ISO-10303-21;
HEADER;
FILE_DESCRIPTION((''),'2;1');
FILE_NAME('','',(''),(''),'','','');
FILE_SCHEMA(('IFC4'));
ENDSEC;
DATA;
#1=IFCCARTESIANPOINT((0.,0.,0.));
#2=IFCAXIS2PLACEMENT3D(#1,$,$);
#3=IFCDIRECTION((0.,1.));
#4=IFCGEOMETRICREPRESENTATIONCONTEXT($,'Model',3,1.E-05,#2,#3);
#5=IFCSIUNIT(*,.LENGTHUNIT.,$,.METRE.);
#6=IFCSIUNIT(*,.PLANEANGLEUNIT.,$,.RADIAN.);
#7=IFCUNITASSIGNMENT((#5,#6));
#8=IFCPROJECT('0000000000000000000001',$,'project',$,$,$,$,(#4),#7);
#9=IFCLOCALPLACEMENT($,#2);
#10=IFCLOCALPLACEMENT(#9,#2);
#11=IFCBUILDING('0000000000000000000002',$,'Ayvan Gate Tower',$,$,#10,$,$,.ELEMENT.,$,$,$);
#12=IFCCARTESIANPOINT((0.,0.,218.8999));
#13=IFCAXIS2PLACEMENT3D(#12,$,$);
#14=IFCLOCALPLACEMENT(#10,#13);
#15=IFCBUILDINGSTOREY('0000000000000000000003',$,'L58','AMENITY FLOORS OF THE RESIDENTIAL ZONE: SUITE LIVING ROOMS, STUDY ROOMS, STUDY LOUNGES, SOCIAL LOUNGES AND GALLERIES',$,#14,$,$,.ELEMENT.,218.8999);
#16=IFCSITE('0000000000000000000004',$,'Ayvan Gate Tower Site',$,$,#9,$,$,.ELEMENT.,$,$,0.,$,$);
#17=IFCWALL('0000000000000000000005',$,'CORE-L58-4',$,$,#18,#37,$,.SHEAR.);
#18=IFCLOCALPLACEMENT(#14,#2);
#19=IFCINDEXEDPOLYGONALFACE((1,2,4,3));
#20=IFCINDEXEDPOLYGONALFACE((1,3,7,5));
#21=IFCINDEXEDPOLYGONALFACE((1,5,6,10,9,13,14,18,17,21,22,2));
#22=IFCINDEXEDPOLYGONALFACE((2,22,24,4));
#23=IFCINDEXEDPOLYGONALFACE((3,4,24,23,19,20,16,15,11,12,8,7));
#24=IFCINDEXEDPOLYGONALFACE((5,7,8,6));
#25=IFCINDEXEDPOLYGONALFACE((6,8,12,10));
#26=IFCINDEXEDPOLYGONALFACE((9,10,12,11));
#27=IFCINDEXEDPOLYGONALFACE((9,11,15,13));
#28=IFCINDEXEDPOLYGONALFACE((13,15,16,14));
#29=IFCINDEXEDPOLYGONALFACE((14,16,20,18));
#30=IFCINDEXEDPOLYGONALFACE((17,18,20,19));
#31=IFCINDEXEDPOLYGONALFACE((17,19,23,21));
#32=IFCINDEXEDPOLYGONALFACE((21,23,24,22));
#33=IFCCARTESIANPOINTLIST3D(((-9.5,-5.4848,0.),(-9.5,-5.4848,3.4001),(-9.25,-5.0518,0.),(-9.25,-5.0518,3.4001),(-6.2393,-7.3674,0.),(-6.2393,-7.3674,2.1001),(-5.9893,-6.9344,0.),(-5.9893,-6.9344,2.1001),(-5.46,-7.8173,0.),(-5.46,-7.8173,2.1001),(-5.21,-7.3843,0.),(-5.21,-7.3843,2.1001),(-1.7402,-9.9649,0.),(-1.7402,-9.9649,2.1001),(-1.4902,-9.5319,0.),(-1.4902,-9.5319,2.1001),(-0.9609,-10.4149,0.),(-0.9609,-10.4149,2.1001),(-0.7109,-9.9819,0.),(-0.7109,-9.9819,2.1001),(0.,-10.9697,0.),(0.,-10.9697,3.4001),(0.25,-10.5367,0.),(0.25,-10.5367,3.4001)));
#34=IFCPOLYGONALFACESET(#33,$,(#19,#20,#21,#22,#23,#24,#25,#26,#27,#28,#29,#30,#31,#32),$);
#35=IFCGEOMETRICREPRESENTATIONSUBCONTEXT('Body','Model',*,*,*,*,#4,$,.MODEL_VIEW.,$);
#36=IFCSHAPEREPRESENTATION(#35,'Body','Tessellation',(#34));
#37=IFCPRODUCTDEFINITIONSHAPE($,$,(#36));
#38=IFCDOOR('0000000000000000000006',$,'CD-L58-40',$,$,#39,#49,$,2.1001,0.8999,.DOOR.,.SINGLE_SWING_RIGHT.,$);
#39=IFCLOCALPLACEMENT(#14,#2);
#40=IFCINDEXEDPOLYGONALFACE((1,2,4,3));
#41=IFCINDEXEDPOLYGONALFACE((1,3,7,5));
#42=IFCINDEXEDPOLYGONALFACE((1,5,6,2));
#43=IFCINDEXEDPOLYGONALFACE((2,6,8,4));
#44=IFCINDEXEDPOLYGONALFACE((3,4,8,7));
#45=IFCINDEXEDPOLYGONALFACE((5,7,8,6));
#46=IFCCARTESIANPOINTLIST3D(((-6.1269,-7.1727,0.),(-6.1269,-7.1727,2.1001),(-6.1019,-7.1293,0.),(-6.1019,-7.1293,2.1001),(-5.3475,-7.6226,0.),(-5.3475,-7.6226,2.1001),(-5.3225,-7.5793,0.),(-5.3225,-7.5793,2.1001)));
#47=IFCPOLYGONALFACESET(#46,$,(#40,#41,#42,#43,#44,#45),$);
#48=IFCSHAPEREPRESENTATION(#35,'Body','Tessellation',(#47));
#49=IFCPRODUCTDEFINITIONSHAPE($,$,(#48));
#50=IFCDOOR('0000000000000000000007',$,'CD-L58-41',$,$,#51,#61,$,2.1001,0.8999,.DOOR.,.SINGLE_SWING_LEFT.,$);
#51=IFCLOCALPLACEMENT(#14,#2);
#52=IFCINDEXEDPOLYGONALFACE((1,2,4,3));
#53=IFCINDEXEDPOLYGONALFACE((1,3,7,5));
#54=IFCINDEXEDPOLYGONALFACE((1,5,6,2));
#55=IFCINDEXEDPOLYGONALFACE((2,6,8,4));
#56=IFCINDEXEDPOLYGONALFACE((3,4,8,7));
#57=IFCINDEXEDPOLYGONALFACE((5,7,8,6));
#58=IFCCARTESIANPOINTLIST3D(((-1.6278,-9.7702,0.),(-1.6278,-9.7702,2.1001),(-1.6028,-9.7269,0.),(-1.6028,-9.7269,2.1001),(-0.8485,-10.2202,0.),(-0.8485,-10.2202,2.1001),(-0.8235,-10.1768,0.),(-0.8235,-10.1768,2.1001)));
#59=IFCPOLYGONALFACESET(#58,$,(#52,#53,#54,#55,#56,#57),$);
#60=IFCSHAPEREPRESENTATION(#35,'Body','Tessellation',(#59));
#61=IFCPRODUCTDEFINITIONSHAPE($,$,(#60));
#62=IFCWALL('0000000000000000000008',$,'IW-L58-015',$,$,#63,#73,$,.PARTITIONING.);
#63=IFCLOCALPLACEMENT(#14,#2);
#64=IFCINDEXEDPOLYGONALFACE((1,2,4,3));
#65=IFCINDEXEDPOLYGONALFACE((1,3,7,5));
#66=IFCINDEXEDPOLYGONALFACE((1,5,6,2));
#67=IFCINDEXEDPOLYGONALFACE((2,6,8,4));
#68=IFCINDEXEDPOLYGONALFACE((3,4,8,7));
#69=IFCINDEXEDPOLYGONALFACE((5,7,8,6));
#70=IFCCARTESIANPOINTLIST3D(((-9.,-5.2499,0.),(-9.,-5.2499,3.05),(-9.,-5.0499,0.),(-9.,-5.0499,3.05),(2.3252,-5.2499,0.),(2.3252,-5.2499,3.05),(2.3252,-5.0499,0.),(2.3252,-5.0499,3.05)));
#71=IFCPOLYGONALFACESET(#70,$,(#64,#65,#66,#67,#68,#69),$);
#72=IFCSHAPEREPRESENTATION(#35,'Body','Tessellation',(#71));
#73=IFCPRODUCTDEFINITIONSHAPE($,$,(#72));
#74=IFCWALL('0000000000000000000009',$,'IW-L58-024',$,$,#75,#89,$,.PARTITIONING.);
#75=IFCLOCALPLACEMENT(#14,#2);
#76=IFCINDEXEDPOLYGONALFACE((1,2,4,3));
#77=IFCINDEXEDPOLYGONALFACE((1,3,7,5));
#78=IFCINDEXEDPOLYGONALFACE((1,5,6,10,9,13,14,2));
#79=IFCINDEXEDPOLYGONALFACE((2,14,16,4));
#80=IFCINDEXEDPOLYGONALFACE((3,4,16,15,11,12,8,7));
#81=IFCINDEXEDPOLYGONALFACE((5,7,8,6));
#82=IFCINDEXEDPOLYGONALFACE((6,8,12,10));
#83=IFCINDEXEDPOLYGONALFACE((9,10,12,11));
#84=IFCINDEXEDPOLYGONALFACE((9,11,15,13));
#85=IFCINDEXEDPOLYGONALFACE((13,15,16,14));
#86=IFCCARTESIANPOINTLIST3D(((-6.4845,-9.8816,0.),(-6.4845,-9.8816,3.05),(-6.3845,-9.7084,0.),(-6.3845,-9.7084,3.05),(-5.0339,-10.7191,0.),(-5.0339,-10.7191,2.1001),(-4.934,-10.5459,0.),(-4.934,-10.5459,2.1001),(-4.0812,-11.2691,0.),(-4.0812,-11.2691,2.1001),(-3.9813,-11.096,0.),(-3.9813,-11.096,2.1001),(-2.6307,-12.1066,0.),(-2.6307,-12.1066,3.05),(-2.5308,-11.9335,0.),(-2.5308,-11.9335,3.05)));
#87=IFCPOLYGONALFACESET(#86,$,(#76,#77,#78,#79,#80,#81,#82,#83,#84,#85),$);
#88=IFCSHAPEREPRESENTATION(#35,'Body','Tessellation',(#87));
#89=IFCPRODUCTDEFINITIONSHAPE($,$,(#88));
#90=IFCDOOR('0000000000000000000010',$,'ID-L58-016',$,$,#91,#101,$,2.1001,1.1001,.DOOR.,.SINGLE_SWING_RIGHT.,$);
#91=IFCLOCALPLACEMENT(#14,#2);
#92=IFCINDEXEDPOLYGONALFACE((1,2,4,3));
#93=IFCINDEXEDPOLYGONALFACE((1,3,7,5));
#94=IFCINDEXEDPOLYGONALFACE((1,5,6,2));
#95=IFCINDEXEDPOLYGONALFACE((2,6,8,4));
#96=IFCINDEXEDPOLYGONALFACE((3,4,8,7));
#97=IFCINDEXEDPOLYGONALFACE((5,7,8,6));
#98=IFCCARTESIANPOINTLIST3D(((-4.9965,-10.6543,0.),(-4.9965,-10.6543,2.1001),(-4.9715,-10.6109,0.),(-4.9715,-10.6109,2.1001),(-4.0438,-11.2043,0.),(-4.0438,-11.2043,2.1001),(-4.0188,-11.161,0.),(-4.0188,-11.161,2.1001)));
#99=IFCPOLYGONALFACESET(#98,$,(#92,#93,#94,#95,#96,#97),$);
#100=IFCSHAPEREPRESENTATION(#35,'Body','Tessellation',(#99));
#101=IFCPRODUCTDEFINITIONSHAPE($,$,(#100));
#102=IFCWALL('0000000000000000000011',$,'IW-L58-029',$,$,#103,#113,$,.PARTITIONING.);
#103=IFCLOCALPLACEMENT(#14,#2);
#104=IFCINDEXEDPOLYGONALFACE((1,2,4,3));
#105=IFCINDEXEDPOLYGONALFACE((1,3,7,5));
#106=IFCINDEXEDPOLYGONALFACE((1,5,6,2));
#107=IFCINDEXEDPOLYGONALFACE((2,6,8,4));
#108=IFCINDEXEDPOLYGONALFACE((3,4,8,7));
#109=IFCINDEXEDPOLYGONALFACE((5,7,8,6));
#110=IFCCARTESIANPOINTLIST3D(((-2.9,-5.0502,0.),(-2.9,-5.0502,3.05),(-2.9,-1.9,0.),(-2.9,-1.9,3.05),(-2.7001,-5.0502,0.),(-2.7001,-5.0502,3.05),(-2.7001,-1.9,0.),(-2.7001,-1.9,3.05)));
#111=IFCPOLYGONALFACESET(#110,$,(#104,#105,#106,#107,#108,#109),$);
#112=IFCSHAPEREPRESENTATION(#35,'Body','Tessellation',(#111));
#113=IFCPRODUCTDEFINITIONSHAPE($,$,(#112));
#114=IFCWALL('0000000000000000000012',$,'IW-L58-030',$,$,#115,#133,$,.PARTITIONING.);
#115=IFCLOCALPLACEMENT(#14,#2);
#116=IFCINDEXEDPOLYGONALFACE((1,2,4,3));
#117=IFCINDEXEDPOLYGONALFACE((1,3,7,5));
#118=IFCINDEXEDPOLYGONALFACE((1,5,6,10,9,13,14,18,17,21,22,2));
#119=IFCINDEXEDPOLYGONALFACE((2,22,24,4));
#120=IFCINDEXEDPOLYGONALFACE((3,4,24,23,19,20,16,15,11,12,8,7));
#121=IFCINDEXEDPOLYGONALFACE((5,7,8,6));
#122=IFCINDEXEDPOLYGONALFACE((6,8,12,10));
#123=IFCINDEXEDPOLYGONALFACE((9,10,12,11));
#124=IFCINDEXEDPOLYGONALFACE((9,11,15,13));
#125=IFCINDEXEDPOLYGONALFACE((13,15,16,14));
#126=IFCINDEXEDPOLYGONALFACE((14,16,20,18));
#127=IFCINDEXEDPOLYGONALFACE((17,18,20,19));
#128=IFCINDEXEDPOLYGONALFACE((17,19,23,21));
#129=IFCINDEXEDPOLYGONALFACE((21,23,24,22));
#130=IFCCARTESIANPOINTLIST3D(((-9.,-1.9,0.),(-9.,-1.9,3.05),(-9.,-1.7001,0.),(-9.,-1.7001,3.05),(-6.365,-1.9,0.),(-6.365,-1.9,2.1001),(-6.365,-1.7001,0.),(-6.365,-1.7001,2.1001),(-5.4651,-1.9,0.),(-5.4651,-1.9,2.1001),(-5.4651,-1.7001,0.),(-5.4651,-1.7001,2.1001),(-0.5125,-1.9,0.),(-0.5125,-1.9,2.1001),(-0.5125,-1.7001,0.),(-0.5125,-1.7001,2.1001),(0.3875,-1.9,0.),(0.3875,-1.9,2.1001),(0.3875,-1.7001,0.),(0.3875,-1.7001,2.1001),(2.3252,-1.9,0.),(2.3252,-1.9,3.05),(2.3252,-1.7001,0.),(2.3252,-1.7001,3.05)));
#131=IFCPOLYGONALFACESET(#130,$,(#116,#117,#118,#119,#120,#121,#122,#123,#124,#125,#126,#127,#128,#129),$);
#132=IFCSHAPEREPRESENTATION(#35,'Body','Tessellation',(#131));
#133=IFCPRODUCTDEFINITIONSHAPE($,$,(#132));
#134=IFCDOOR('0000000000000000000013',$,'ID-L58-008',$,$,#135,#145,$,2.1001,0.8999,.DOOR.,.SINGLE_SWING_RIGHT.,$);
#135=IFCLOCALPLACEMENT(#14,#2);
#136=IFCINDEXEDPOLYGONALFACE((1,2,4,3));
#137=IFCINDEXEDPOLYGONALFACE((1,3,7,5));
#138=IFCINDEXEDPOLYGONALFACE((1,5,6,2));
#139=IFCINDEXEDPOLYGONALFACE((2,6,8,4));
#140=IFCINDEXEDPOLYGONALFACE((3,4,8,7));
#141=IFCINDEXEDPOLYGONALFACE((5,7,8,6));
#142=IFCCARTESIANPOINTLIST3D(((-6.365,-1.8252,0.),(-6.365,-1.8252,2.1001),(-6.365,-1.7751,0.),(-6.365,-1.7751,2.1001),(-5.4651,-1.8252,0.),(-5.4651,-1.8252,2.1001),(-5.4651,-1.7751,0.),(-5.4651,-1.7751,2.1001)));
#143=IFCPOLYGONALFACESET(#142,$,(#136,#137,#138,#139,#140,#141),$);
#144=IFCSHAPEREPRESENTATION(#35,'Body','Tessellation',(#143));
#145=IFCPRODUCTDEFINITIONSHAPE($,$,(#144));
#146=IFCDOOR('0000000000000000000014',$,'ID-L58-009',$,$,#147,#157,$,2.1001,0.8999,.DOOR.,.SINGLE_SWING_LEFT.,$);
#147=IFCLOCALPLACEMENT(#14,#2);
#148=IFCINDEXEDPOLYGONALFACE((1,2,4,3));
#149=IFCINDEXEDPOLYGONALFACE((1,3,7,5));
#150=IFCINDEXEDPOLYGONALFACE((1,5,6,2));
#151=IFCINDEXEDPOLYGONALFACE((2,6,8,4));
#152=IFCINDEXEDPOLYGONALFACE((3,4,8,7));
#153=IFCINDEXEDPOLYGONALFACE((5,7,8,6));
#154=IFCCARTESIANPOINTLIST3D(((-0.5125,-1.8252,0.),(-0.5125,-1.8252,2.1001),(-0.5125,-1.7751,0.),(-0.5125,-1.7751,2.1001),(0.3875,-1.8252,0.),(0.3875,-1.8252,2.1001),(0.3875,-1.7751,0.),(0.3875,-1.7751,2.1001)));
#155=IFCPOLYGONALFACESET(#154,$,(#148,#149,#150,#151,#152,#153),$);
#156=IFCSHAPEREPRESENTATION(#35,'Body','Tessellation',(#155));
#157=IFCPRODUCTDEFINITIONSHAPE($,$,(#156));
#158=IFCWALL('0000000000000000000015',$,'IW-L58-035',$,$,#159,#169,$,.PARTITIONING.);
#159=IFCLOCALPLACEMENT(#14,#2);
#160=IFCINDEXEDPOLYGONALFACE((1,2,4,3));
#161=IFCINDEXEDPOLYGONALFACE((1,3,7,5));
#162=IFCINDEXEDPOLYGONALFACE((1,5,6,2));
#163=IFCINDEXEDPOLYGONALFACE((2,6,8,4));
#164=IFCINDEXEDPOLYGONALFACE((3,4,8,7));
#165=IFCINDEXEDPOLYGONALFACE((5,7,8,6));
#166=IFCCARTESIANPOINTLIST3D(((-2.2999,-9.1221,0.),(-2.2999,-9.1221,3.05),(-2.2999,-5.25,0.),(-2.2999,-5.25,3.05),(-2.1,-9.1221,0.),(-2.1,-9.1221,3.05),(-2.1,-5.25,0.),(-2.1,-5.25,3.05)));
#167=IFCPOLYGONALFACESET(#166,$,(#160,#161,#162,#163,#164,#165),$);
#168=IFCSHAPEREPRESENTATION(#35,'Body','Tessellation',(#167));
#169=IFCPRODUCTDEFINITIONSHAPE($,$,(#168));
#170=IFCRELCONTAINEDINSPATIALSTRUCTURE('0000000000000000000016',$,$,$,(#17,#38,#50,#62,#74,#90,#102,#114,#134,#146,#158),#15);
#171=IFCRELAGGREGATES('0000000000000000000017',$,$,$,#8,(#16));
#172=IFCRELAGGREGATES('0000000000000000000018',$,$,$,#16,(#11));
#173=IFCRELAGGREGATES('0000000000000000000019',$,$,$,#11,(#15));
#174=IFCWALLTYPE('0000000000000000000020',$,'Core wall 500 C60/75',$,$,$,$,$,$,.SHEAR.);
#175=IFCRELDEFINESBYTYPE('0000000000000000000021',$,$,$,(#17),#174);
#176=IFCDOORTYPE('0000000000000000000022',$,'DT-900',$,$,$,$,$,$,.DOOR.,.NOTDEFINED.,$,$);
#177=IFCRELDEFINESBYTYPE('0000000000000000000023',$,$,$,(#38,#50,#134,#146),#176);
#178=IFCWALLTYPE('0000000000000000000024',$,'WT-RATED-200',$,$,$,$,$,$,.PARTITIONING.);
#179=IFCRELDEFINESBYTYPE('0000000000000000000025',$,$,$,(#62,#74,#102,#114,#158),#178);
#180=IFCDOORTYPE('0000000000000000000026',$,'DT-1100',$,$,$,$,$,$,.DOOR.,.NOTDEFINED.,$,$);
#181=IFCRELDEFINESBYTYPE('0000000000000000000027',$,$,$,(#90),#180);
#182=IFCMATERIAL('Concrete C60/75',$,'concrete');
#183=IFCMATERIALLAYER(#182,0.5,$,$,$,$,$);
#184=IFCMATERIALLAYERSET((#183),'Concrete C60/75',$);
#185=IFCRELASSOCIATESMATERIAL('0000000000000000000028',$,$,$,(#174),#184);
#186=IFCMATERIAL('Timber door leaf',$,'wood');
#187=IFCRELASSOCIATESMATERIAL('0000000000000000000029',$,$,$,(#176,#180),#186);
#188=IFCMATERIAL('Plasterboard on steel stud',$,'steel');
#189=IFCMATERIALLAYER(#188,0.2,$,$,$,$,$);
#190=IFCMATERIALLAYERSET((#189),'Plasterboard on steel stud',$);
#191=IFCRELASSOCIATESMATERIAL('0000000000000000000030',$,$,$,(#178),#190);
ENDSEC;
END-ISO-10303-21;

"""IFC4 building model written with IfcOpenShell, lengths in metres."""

from ifc_helpers import new_model, si_unit, direction, frame, frame_2d, origin, place, context, subcontext, project, spatial, rectangle, extrude, material, layer, layer_set, type_object, element, fill, save


model = new_model("IFC4")

# Units and contexts
model_context = context("Model", 3, precision=1e-05, world=origin(), true_north=direction((0.0, 1.0)))
body_context = subcontext(model_context, "Body", "Model", "MODEL_VIEW")
ifc_project = project(units=[si_unit("LENGTHUNIT", "METRE"), si_unit("PLANEANGLEUNIT", "RADIAN")], contexts=[model_context])

# Site, building, storey
site_placement = place(None, origin())
site = spatial("IfcSite", under=ifc_project, at=site_placement, Name="Ayvan Gate Tower Site", CompositionType="ELEMENT", RefElevation=0.0)
building_placement = place(site_placement, origin())
building = spatial("IfcBuilding", under=site, at=building_placement, Name="Ayvan Gate Tower", CompositionType="ELEMENT")
storey_placement = place(building_placement, frame((0.0, 0.0, 218.8999)))
storey = spatial("IfcBuildingStorey", under=building, at=storey_placement, Name="L58", Description="AMENITY FLOORS OF THE RESIDENTIAL ZONE: SUITE LIVING ROOMS, STUDY ROOMS, STUDY LOUNGES, SOCIAL LOUNGES AND GALLERIES", CompositionType="ELEMENT", Elevation=218.8999)

# Wall, openings, doors
ifc_material_1 = material(Name="Concrete C60/75", Category="concrete")
ifc_layer_1 = layer(ifc_material_1, 0.5)
ifc_layer_set_1 = layer_set([ifc_layer_1], Name="Concrete C60/75")
wall_type_1 = type_object("IfcWallType", Name="Core wall 500 C60/75", PredefinedType="SHEAR", material=ifc_layer_set_1)
wall_1_placement = place(storey_placement, frame((-9.375, -5.2683, 0.0), z_axis=(0.0, 0.0, 1.0), x_axis=(0.866024, -0.500002, 0.0)))
wall_1 = element("IfcWall", 1, at=wall_1_placement, inside=storey, type_object=wall_type_1, Name="CORE-L58-4", PredefinedType="SHEAR", context=body_context, shape_type="SweptSolid", body=[
    extrude(rectangle(XDim=10.9697, YDim=0.5, at=frame_2d((5.4849, 0.0))), origin(), (0.0, 0.0, 1.0), 3.4001),
])
opening_1_placement = place(wall_1_placement, frame((3.7651, 0.0, 0.0)))
opening_1 = element("IfcOpeningElement", 2, at=opening_1_placement, cuts=wall_1, PredefinedType="OPENING", context=body_context, shape_type="SweptSolid", body=[
    extrude(rectangle(XDim=0.8999, YDim=2.1001, at=frame_2d((0.45, 1.05))), frame((0.0, 0.26, 0.0), z_axis=(0.0, -1.0, 0.0), x_axis=(1.0, 0.0, 0.0)), (0.0, 0.0, 1.0), 0.52),
])
opening_2_placement = place(wall_1_placement, frame((8.9602, 0.0, 0.0)))
opening_2 = element("IfcOpeningElement", 3, at=opening_2_placement, cuts=wall_1, PredefinedType="OPENING", context=body_context, shape_type="SweptSolid", body=[
    extrude(rectangle(XDim=0.8999, YDim=2.1001, at=frame_2d((0.45, 1.05))), frame((0.0, 0.26, 0.0), z_axis=(0.0, -1.0, 0.0), x_axis=(1.0, 0.0, 0.0)), (0.0, 0.0, 1.0), 0.52),
])
ifc_material_2 = material(Name="Timber door leaf", Category="wood")
door_type_1 = type_object("IfcDoorType", Name="DT-900", OperationType="NOTDEFINED", PredefinedType="DOOR", material=ifc_material_2)
door_1_placement = place(opening_1_placement, origin())
door_1 = element("IfcDoor", 4, at=door_1_placement, inside=storey, type_object=door_type_1, Name="CD-L58-40", OperationType="SINGLE_SWING_RIGHT", OverallHeight=2.1001, OverallWidth=0.8999, PredefinedType="DOOR", context=body_context, shape_type="SweptSolid", body=[
    extrude(rectangle(XDim=0.8999, YDim=2.1001, at=frame_2d((0.45, 1.05))), frame((0.0, 0.0249, 0.0), z_axis=(0.0, -1.0, 0.0), x_axis=(1.0, 0.0, 0.0)), (0.0, 0.0, 1.0), 0.05),
])
fill(opening_1, door_1)
door_2_placement = place(opening_2_placement, origin())
door_2 = element("IfcDoor", 5, at=door_2_placement, inside=storey, type_object=door_type_1, Name="CD-L58-41", OperationType="SINGLE_SWING_LEFT", OverallHeight=2.1001, OverallWidth=0.8999, PredefinedType="DOOR", context=body_context, shape_type="SweptSolid", body=[
    extrude(rectangle(XDim=0.8999, YDim=2.1001, at=frame_2d((0.45, 1.05))), frame((0.0, 0.0249, 0.0), z_axis=(0.0, -1.0, 0.0), x_axis=(1.0, 0.0, 0.0)), (0.0, 0.0, 1.0), 0.05),
])
fill(opening_2, door_2)

# Wall
ifc_material_3 = material(Name="Plasterboard on steel stud", Category="steel")
ifc_layer_2 = layer(ifc_material_3, 0.2)
ifc_layer_set_2 = layer_set([ifc_layer_2], Name="Plasterboard on steel stud")
wall_type_2 = type_object("IfcWallType", Name="WT-RATED-200", PredefinedType="PARTITIONING", material=ifc_layer_set_2)
wall_2_placement = place(storey_placement, frame((-9.0, -5.1499, 0.0), z_axis=(0.0, 0.0, 1.0), x_axis=(1.0, 0.0, 0.0)))
element("IfcWall", 6, at=wall_2_placement, inside=storey, type_object=wall_type_2, Name="IW-L58-015", PredefinedType="PARTITIONING", context=body_context, shape_type="SweptSolid", body=[
    extrude(rectangle(XDim=11.3252, YDim=0.2, at=frame_2d((5.6626, 0.0))), origin(), (0.0, 0.0, 1.0), 3.05),
])

# Wall, opening, door
wall_3_placement = place(storey_placement, frame((-6.4346, -9.7949, 0.0), z_axis=(0.0, 0.0, 1.0), x_axis=(0.866013, -0.500022, 0.0)))
wall_3 = element("IfcWall", 7, at=wall_3_placement, inside=storey, type_object=wall_type_2, Name="IW-L58-024", PredefinedType="PARTITIONING", context=body_context, shape_type="SweptSolid", body=[
    extrude(rectangle(XDim=4.45, YDim=0.2, at=frame_2d((2.2251, 0.0))), origin(), (0.0, 0.0, 1.0), 3.05),
])
opening_3_placement = place(wall_3_placement, frame((1.675, 0.0, 0.0)))
opening_3 = element("IfcOpeningElement", 8, at=opening_3_placement, cuts=wall_3, PredefinedType="OPENING", context=body_context, shape_type="SweptSolid", body=[
    extrude(rectangle(XDim=1.1001, YDim=2.1001, at=frame_2d((0.55, 1.05))), frame((0.0, 0.1099, 0.0), z_axis=(0.0, -1.0, 0.0), x_axis=(1.0, 0.0, 0.0)), (0.0, 0.0, 1.0), 0.22),
])
door_type_2 = type_object("IfcDoorType", Name="DT-1100", OperationType="NOTDEFINED", PredefinedType="DOOR", material=ifc_material_2)
door_3_placement = place(opening_3_placement, origin())
door_3 = element("IfcDoor", 9, at=door_3_placement, inside=storey, type_object=door_type_2, Name="ID-L58-016", OperationType="SINGLE_SWING_RIGHT", OverallHeight=2.1001, OverallWidth=1.1001, PredefinedType="DOOR", context=body_context, shape_type="SweptSolid", body=[
    extrude(rectangle(XDim=1.1001, YDim=2.1001, at=frame_2d((0.55, 1.05))), frame((0.0, 0.0249, 0.0), z_axis=(0.0, -1.0, 0.0), x_axis=(1.0, 0.0, 0.0)), (0.0, 0.0, 1.0), 0.05),
])
fill(opening_3, door_3)

# Wall
wall_4_placement = place(storey_placement, frame((-2.8, -1.8999, 0.0), z_axis=(0.0, 0.0, 1.0), x_axis=(0.0, -1.0, 0.0)))
element("IfcWall", 10, at=wall_4_placement, inside=storey, type_object=wall_type_2, Name="IW-L58-029", PredefinedType="PARTITIONING", context=body_context, shape_type="SweptSolid", body=[
    extrude(rectangle(XDim=3.1501, YDim=0.2, at=frame_2d((1.5752, 0.0))), origin(), (0.0, 0.0, 1.0), 3.05),
])

# Wall, openings, doors
wall_5_placement = place(storey_placement, frame((-9.0, -1.8, 0.0), z_axis=(0.0, 0.0, 1.0), x_axis=(1.0, 0.0, 0.0)))
wall_5 = element("IfcWall", 11, at=wall_5_placement, inside=storey, type_object=wall_type_2, Name="IW-L58-030", PredefinedType="PARTITIONING", context=body_context, shape_type="SweptSolid", body=[
    extrude(rectangle(XDim=11.3252, YDim=0.2, at=frame_2d((5.6626, 0.0))), origin(), (0.0, 0.0, 1.0), 3.05),
])
opening_4_placement = place(wall_5_placement, frame((2.635, 0.0, 0.0)))
opening_4 = element("IfcOpeningElement", 12, at=opening_4_placement, cuts=wall_5, PredefinedType="OPENING", context=body_context, shape_type="SweptSolid", body=[
    extrude(rectangle(XDim=0.8999, YDim=2.1001, at=frame_2d((0.45, 1.05))), frame((0.0, 0.1099, 0.0), z_axis=(0.0, -1.0, 0.0), x_axis=(1.0, 0.0, 0.0)), (0.0, 0.0, 1.0), 0.22),
])
opening_5_placement = place(wall_5_placement, frame((8.4875, 0.0, 0.0)))
opening_5 = element("IfcOpeningElement", 13, at=opening_5_placement, cuts=wall_5, PredefinedType="OPENING", context=body_context, shape_type="SweptSolid", body=[
    extrude(rectangle(XDim=0.8999, YDim=2.1001, at=frame_2d((0.45, 1.05))), frame((0.0, 0.1099, 0.0), z_axis=(0.0, -1.0, 0.0), x_axis=(1.0, 0.0, 0.0)), (0.0, 0.0, 1.0), 0.22),
])
door_4_placement = place(opening_4_placement, origin())
door_4 = element("IfcDoor", 14, at=door_4_placement, inside=storey, type_object=door_type_1, Name="ID-L58-008", OperationType="SINGLE_SWING_RIGHT", OverallHeight=2.1001, OverallWidth=0.8999, PredefinedType="DOOR", context=body_context, shape_type="SweptSolid", body=[
    extrude(rectangle(XDim=0.8999, YDim=2.1001, at=frame_2d((0.45, 1.05))), frame((0.0, 0.0249, 0.0), z_axis=(0.0, -1.0, 0.0), x_axis=(1.0, 0.0, 0.0)), (0.0, 0.0, 1.0), 0.05),
])
fill(opening_4, door_4)
door_5_placement = place(opening_5_placement, origin())
door_5 = element("IfcDoor", 15, at=door_5_placement, inside=storey, type_object=door_type_1, Name="ID-L58-009", OperationType="SINGLE_SWING_LEFT", OverallHeight=2.1001, OverallWidth=0.8999, PredefinedType="DOOR", context=body_context, shape_type="SweptSolid", body=[
    extrude(rectangle(XDim=0.8999, YDim=2.1001, at=frame_2d((0.45, 1.05))), frame((0.0, 0.0249, 0.0), z_axis=(0.0, -1.0, 0.0), x_axis=(1.0, 0.0, 0.0)), (0.0, 0.0, 1.0), 0.05),
])
fill(opening_5, door_5)

# Wall
wall_6_placement = place(storey_placement, frame((-2.2, -5.25, 0.0), z_axis=(0.0, 0.0, 1.0), x_axis=(0.0, -1.0, 0.0)))
element("IfcWall", 16, at=wall_6_placement, inside=storey, type_object=wall_type_2, Name="IW-L58-035", PredefinedType="PARTITIONING", context=body_context, shape_type="SweptSolid", body=[
    extrude(rectangle(XDim=3.8721, YDim=0.2, at=frame_2d((1.936, 0.0))), origin(), (0.0, 0.0, 1.0), 3.05),
])

save(model, "model.ifc")
